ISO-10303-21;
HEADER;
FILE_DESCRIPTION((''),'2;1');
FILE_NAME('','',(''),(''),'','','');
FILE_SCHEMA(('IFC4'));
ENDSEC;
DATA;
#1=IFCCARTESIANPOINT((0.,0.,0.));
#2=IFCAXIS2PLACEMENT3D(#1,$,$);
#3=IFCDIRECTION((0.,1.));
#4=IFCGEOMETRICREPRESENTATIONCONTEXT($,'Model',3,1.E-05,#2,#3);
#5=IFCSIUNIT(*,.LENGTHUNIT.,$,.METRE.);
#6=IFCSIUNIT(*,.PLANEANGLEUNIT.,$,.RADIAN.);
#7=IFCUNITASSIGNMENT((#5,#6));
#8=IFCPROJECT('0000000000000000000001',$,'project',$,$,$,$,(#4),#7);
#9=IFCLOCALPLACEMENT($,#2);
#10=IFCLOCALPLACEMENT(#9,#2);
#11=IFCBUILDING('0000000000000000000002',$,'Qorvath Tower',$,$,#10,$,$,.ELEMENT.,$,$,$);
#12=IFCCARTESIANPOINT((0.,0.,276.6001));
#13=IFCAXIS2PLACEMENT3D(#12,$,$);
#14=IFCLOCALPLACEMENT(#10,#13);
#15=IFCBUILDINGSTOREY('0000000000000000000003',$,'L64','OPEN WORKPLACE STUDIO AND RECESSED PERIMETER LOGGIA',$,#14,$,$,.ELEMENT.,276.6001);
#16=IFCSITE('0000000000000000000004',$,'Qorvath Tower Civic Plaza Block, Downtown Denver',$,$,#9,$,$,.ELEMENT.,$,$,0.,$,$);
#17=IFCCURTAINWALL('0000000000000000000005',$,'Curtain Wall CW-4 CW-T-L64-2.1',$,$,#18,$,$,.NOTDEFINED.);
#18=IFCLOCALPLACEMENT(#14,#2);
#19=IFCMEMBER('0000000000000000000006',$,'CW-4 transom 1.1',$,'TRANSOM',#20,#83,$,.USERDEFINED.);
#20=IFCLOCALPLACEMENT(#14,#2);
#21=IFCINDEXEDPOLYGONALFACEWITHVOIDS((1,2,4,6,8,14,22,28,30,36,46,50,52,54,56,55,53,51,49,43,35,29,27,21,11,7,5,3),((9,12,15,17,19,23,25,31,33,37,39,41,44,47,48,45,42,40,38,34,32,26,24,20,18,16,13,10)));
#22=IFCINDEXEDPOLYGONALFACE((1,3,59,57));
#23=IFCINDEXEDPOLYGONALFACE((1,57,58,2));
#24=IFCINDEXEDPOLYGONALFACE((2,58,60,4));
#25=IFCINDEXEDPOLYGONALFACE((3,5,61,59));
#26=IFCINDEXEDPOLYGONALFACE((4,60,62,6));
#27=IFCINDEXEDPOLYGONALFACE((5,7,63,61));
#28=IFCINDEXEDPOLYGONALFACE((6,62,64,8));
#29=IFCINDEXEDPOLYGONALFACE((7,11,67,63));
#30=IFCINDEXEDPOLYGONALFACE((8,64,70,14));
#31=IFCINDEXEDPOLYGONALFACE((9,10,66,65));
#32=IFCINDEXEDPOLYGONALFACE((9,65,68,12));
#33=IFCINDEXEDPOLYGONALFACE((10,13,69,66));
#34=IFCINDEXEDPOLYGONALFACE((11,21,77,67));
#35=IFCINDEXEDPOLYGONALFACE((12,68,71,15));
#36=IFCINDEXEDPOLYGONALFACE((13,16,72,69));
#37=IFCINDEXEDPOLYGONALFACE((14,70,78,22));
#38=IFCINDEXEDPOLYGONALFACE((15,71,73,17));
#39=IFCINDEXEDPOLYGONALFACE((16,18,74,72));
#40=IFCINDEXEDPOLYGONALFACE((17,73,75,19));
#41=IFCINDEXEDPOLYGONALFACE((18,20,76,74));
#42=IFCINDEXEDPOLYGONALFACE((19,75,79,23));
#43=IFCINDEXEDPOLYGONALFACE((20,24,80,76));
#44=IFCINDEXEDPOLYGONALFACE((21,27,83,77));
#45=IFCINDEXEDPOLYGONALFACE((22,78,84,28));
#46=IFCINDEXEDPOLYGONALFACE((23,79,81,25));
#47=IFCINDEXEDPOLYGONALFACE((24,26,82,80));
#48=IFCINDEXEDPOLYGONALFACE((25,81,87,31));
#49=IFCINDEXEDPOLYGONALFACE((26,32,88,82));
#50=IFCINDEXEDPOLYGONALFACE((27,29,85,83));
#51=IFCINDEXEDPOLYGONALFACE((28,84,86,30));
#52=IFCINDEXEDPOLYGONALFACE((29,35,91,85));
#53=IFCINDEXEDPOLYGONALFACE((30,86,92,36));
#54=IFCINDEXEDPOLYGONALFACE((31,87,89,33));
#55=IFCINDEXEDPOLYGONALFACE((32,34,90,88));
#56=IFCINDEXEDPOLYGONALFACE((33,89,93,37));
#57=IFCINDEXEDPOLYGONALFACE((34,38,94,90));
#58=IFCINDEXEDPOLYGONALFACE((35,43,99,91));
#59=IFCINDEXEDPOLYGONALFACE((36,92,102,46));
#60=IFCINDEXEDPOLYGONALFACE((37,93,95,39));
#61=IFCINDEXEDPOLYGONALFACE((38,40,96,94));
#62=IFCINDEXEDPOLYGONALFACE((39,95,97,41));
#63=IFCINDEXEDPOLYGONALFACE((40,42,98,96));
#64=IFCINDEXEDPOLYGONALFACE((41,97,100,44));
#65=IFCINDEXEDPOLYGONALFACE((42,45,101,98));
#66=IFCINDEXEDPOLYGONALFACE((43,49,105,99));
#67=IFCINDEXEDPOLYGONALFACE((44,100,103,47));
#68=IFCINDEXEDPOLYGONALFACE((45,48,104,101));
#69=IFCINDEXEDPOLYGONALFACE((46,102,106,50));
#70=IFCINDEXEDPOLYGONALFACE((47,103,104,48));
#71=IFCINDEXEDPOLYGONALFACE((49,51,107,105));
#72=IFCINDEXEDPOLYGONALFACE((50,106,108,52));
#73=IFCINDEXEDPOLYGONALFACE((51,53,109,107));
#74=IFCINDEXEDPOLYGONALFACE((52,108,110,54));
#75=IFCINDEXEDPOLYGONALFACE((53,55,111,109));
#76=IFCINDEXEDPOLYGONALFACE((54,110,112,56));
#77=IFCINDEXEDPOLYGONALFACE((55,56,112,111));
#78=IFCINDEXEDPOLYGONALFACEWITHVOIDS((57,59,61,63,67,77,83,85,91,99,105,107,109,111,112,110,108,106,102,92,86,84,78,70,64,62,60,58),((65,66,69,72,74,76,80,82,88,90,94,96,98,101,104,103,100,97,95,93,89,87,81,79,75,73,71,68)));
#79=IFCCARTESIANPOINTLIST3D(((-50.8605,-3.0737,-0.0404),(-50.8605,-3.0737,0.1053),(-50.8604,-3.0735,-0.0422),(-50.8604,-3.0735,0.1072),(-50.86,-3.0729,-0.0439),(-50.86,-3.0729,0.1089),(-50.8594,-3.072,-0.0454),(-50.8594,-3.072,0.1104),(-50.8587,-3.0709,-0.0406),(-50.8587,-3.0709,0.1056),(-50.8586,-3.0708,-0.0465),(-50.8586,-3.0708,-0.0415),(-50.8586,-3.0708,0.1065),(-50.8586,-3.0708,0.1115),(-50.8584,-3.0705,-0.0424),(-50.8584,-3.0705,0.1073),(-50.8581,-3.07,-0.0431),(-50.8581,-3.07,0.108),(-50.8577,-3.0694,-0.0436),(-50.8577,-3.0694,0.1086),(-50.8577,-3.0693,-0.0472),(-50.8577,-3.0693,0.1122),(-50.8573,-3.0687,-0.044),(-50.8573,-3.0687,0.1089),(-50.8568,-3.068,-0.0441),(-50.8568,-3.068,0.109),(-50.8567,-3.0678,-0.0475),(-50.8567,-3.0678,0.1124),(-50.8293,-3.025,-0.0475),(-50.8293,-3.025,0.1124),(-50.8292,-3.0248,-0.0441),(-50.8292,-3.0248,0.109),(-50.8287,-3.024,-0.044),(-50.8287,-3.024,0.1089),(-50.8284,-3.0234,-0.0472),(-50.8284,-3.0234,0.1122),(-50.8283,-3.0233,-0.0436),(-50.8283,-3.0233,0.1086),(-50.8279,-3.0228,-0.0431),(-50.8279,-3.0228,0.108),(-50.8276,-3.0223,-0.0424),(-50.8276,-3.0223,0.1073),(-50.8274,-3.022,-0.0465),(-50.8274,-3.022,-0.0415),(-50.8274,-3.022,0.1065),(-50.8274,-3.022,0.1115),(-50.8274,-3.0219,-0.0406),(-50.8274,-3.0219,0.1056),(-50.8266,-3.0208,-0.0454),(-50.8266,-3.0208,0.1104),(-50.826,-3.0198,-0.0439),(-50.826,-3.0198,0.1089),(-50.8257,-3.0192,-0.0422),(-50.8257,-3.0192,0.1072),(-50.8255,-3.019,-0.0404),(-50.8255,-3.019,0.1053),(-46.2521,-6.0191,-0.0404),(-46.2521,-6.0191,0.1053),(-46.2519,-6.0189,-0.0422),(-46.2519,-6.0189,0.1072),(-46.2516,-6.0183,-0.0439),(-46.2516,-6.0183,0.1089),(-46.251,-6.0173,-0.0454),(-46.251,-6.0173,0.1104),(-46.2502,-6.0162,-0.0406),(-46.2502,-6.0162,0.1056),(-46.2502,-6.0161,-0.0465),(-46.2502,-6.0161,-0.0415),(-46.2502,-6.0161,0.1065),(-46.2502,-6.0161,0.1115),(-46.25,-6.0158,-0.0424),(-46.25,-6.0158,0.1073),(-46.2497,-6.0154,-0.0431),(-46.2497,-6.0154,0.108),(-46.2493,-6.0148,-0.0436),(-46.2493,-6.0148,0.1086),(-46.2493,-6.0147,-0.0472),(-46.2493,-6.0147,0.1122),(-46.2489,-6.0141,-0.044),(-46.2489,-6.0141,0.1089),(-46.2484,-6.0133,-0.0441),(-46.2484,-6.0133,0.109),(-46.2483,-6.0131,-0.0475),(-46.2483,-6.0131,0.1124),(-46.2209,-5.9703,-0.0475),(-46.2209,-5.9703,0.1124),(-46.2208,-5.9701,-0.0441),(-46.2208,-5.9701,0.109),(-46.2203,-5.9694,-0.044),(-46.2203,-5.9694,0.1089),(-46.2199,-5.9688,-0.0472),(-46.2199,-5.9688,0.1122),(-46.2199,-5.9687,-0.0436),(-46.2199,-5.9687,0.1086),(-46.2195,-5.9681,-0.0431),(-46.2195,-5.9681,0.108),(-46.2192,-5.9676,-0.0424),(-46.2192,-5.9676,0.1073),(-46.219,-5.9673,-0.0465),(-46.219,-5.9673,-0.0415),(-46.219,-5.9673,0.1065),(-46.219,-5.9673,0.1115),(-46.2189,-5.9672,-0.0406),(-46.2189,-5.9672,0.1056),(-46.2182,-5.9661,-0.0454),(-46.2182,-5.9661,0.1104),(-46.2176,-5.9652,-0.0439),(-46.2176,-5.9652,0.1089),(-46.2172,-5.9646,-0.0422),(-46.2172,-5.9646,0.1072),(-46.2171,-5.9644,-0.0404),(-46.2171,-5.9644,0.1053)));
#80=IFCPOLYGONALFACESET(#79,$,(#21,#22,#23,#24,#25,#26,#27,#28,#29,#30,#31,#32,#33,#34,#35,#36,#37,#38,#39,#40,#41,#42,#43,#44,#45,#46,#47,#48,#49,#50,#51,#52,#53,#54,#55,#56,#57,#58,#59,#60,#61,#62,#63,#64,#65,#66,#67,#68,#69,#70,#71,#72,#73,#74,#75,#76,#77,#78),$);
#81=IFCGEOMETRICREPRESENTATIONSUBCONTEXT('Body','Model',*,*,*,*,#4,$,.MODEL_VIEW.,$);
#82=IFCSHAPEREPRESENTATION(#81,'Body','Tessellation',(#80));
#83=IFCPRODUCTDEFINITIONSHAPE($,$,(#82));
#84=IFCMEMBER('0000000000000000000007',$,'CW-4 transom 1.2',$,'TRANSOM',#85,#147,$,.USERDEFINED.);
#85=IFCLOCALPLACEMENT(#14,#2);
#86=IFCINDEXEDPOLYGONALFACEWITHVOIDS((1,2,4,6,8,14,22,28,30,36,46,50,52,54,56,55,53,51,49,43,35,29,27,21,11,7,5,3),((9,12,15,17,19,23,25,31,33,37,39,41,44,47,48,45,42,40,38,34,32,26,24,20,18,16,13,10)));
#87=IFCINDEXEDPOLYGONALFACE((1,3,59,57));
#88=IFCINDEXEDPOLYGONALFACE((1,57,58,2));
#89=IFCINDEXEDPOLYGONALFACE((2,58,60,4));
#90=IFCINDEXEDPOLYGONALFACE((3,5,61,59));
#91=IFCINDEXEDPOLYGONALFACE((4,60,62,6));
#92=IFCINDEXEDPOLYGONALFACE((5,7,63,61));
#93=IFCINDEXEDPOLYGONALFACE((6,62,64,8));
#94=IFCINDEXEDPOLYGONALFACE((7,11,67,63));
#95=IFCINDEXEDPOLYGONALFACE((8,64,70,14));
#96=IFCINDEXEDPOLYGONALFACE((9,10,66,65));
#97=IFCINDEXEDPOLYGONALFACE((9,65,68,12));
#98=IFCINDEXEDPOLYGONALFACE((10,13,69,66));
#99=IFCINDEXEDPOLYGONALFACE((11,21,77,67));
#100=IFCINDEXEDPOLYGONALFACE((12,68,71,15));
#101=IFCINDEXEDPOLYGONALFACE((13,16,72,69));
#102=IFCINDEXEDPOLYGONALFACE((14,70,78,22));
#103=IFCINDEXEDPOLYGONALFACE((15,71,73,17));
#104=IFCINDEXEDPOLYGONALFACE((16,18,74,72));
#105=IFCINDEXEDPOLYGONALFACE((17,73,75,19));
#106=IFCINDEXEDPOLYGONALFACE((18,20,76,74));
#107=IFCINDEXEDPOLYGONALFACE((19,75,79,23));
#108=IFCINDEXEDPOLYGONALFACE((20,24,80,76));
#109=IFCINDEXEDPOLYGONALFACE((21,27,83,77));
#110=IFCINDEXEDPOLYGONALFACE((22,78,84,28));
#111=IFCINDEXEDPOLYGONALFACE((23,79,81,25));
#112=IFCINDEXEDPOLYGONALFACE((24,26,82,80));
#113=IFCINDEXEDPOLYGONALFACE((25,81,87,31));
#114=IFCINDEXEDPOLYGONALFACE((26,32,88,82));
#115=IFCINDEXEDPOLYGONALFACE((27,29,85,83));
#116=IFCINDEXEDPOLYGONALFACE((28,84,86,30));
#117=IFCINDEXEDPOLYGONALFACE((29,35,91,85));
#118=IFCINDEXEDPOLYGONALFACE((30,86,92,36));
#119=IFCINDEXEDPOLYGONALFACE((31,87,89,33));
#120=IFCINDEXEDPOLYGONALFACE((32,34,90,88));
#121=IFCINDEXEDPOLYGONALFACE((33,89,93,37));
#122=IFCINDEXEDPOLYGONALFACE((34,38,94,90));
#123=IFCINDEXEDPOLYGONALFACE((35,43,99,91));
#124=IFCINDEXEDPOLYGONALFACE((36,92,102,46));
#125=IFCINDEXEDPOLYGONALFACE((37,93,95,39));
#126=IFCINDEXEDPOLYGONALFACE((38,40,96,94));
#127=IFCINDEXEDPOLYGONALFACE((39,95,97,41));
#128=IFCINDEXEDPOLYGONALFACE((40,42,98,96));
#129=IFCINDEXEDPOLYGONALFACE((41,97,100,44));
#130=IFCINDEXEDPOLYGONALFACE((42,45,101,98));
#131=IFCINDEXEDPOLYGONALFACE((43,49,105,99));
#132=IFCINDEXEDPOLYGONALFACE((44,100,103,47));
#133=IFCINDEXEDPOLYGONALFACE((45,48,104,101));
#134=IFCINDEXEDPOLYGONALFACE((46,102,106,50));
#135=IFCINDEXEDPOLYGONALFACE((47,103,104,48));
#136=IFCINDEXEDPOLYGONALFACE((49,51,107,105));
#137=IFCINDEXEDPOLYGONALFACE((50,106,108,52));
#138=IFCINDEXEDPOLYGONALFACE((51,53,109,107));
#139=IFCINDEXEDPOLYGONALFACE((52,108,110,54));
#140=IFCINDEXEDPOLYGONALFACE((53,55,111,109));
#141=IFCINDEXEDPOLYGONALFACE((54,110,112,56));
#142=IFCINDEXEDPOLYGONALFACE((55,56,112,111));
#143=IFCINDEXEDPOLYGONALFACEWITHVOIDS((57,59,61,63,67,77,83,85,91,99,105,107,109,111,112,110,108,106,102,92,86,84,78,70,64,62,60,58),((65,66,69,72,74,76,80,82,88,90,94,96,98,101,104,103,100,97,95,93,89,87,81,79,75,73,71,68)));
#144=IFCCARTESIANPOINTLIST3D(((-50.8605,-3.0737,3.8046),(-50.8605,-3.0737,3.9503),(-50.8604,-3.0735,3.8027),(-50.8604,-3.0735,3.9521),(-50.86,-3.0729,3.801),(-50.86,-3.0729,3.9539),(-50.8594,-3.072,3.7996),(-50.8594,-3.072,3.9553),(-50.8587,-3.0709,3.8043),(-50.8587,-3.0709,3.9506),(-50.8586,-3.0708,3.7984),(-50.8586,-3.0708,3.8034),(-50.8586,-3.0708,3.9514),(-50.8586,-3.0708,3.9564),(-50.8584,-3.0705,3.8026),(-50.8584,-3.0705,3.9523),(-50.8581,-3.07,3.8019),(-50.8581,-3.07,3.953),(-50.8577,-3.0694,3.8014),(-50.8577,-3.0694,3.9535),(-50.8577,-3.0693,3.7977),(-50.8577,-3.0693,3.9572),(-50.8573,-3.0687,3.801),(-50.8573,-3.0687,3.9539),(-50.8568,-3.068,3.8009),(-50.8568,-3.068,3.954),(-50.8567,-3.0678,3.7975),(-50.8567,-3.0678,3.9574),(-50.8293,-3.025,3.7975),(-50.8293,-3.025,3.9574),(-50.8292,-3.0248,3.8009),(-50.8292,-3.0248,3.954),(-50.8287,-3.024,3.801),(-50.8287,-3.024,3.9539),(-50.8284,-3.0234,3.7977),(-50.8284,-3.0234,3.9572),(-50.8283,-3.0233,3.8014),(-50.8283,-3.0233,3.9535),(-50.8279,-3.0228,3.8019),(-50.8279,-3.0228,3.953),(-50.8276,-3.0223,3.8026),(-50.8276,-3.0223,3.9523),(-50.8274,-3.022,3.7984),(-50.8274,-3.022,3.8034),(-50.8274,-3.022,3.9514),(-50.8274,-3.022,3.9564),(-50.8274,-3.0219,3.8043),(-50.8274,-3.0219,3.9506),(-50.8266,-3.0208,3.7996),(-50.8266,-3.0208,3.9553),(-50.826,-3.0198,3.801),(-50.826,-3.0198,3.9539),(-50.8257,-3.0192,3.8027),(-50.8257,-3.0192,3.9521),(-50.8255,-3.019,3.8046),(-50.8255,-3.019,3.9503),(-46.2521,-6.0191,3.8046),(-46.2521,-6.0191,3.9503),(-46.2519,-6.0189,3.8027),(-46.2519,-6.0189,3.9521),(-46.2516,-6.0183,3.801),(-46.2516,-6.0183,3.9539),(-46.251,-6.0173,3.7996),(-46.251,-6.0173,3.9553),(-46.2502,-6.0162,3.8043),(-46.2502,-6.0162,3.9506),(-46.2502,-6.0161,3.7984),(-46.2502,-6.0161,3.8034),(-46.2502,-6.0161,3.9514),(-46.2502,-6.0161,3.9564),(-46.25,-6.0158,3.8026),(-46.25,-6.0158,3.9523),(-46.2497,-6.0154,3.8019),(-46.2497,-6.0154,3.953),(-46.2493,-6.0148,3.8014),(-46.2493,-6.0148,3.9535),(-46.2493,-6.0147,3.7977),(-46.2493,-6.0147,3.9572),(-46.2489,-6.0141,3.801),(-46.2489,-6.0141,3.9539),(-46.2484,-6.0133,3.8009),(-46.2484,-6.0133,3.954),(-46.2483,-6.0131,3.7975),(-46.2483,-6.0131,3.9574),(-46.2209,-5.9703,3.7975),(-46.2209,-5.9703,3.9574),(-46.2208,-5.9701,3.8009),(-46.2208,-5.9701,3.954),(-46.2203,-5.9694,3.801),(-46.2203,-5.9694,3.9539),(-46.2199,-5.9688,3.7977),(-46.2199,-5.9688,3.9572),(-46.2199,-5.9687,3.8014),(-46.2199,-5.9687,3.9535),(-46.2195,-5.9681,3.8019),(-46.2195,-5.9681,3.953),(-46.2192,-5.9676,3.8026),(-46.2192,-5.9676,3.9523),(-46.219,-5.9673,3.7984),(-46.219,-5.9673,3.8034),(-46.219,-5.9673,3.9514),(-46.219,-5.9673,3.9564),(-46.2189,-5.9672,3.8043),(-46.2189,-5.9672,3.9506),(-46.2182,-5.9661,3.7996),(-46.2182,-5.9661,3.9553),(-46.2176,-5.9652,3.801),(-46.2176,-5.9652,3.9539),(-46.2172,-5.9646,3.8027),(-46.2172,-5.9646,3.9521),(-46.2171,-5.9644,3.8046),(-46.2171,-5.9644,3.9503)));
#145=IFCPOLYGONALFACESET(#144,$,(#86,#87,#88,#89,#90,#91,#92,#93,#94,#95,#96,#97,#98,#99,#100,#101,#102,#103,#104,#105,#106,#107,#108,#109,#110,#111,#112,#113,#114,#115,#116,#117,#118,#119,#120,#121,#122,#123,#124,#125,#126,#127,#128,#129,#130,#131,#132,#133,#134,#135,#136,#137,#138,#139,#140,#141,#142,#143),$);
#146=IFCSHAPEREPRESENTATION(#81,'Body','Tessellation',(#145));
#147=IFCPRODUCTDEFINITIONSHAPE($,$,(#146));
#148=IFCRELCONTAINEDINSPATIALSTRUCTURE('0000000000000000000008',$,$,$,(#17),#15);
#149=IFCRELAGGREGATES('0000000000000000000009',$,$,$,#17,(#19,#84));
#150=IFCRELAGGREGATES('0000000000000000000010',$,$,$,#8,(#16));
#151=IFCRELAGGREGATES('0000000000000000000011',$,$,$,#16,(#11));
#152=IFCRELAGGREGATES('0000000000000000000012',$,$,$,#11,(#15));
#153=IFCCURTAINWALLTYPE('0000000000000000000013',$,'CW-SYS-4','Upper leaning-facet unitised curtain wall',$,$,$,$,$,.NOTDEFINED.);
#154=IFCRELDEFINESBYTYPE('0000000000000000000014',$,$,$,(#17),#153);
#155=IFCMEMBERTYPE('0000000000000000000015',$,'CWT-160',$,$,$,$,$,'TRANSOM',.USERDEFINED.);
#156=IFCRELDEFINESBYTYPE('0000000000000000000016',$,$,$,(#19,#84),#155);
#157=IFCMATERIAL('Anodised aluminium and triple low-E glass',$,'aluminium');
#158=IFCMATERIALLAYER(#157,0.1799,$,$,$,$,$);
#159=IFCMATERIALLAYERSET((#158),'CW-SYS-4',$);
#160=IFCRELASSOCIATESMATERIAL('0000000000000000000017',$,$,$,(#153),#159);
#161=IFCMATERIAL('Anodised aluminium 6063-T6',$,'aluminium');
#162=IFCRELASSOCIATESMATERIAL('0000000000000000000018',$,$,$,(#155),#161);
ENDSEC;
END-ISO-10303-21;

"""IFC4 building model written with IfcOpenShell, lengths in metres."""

from ifc_helpers import new_model, si_unit, direction, frame, origin, origin_2d, place, context, subcontext, project, spatial, hollow_rectangle, extrude, material, layer, layer_set, material_profile, profile_set, type_object, element, aggregate, save


model = new_model("IFC4")

# Units and contexts
model_context = context("Model", 3, precision=1e-05, world=origin(), true_north=direction((0.0, 1.0)))
body_context = subcontext(model_context, "Body", "Model", "MODEL_VIEW")
ifc_project = project(units=[si_unit("LENGTHUNIT", "METRE"), si_unit("PLANEANGLEUNIT", "RADIAN")], contexts=[model_context])

# Site, building, storey
site_placement = place(None, origin())
site = spatial("IfcSite", under=ifc_project, at=site_placement, Name="Qorvath Tower Civic Plaza Block, Downtown Denver", CompositionType="ELEMENT", RefElevation=0.0)
building_placement = place(site_placement, origin())
building = spatial("IfcBuilding", under=site, at=building_placement, Name="Qorvath Tower", CompositionType="ELEMENT")
storey_placement = place(building_placement, frame((0.0, 0.0, 276.6001)))
storey = spatial("IfcBuildingStorey", under=building, at=storey_placement, Name="L64", Description="OPEN WORKPLACE STUDIO AND RECESSED PERIMETER LOGGIA", CompositionType="ELEMENT", Elevation=276.6001)

# Curtain wall, members
ifc_material_1 = material(Name="Anodised aluminium and triple low-E glass", Category="aluminium")
ifc_layer_1 = layer(ifc_material_1, 0.1799)
ifc_layer_set_1 = layer_set([ifc_layer_1], Name="CW-SYS-4")
curtain_wall_type = type_object("IfcCurtainWallType", Name="CW-SYS-4", Description="Upper leaning-facet unitised curtain wall", PredefinedType="NOTDEFINED", material=ifc_layer_set_1)
curtain_wall_placement = place(storey_placement, origin())
curtain_wall = element("IfcCurtainWall", 1, at=curtain_wall_placement, inside=storey, type_object=curtain_wall_type, Name="Curtain Wall CW-4 CW-T-L64-2.1", PredefinedType="NOTDEFINED")
ifc_material_2 = material(Name="Anodised aluminium 6063-T6", Category="aluminium")
ifc_material_profile_1 = material_profile(ifc_material_2, hollow_rectangle(XDim=0.0649, YDim=0.1599, WallThickness=0.0034, InnerFilletRadius=0.0034, OuterFilletRadius=0.0071, at=origin_2d()), Name="CWT 160x65")
ifc_profile_set_1 = profile_set([ifc_material_profile_1], Name="Anodised aluminium 6063-T6")
member_type_1 = type_object("IfcMemberType", Name="CWT-160", ElementType="TRANSOM", PredefinedType="USERDEFINED", material=ifc_profile_set_1)
member_1_placement = place(storey_placement, frame((-50.843, -3.0464, 0.0325), z_axis=(0.842608, -0.538527, 0.0), x_axis=(0.538527, 0.842608, 0.0)))
member_1 = element("IfcMember", 2, at=member_1_placement, type_object=member_type_1, Name="CW-4 transom 1.1", ObjectType="TRANSOM", PredefinedType="USERDEFINED", context=body_context, shape_type="SweptSolid", body=[
    extrude(hollow_rectangle(XDim=0.0649, YDim=0.1599, WallThickness=0.0034, InnerFilletRadius=0.0034, OuterFilletRadius=0.0071, at=origin_2d()), origin(), (0.0, 0.0, 1.0), 5.4692),
])
member_2_placement = place(storey_placement, frame((-50.843, -3.0464, 3.8774), z_axis=(0.842608, -0.538527, 0.0), x_axis=(0.538527, 0.842608, 0.0)))
member_2 = element("IfcMember", 3, at=member_2_placement, type_object=member_type_1, Name="CW-4 transom 1.2", ObjectType="TRANSOM", PredefinedType="USERDEFINED", context=body_context, shape_type="SweptSolid", body=[
    extrude(hollow_rectangle(XDim=0.0649, YDim=0.1599, WallThickness=0.0034, InnerFilletRadius=0.0034, OuterFilletRadius=0.0071, at=origin_2d()), origin(), (0.0, 0.0, 1.0), 5.4692),
])

aggregate(curtain_wall, [member_1, member_2])

save(model, "model.ifc")
